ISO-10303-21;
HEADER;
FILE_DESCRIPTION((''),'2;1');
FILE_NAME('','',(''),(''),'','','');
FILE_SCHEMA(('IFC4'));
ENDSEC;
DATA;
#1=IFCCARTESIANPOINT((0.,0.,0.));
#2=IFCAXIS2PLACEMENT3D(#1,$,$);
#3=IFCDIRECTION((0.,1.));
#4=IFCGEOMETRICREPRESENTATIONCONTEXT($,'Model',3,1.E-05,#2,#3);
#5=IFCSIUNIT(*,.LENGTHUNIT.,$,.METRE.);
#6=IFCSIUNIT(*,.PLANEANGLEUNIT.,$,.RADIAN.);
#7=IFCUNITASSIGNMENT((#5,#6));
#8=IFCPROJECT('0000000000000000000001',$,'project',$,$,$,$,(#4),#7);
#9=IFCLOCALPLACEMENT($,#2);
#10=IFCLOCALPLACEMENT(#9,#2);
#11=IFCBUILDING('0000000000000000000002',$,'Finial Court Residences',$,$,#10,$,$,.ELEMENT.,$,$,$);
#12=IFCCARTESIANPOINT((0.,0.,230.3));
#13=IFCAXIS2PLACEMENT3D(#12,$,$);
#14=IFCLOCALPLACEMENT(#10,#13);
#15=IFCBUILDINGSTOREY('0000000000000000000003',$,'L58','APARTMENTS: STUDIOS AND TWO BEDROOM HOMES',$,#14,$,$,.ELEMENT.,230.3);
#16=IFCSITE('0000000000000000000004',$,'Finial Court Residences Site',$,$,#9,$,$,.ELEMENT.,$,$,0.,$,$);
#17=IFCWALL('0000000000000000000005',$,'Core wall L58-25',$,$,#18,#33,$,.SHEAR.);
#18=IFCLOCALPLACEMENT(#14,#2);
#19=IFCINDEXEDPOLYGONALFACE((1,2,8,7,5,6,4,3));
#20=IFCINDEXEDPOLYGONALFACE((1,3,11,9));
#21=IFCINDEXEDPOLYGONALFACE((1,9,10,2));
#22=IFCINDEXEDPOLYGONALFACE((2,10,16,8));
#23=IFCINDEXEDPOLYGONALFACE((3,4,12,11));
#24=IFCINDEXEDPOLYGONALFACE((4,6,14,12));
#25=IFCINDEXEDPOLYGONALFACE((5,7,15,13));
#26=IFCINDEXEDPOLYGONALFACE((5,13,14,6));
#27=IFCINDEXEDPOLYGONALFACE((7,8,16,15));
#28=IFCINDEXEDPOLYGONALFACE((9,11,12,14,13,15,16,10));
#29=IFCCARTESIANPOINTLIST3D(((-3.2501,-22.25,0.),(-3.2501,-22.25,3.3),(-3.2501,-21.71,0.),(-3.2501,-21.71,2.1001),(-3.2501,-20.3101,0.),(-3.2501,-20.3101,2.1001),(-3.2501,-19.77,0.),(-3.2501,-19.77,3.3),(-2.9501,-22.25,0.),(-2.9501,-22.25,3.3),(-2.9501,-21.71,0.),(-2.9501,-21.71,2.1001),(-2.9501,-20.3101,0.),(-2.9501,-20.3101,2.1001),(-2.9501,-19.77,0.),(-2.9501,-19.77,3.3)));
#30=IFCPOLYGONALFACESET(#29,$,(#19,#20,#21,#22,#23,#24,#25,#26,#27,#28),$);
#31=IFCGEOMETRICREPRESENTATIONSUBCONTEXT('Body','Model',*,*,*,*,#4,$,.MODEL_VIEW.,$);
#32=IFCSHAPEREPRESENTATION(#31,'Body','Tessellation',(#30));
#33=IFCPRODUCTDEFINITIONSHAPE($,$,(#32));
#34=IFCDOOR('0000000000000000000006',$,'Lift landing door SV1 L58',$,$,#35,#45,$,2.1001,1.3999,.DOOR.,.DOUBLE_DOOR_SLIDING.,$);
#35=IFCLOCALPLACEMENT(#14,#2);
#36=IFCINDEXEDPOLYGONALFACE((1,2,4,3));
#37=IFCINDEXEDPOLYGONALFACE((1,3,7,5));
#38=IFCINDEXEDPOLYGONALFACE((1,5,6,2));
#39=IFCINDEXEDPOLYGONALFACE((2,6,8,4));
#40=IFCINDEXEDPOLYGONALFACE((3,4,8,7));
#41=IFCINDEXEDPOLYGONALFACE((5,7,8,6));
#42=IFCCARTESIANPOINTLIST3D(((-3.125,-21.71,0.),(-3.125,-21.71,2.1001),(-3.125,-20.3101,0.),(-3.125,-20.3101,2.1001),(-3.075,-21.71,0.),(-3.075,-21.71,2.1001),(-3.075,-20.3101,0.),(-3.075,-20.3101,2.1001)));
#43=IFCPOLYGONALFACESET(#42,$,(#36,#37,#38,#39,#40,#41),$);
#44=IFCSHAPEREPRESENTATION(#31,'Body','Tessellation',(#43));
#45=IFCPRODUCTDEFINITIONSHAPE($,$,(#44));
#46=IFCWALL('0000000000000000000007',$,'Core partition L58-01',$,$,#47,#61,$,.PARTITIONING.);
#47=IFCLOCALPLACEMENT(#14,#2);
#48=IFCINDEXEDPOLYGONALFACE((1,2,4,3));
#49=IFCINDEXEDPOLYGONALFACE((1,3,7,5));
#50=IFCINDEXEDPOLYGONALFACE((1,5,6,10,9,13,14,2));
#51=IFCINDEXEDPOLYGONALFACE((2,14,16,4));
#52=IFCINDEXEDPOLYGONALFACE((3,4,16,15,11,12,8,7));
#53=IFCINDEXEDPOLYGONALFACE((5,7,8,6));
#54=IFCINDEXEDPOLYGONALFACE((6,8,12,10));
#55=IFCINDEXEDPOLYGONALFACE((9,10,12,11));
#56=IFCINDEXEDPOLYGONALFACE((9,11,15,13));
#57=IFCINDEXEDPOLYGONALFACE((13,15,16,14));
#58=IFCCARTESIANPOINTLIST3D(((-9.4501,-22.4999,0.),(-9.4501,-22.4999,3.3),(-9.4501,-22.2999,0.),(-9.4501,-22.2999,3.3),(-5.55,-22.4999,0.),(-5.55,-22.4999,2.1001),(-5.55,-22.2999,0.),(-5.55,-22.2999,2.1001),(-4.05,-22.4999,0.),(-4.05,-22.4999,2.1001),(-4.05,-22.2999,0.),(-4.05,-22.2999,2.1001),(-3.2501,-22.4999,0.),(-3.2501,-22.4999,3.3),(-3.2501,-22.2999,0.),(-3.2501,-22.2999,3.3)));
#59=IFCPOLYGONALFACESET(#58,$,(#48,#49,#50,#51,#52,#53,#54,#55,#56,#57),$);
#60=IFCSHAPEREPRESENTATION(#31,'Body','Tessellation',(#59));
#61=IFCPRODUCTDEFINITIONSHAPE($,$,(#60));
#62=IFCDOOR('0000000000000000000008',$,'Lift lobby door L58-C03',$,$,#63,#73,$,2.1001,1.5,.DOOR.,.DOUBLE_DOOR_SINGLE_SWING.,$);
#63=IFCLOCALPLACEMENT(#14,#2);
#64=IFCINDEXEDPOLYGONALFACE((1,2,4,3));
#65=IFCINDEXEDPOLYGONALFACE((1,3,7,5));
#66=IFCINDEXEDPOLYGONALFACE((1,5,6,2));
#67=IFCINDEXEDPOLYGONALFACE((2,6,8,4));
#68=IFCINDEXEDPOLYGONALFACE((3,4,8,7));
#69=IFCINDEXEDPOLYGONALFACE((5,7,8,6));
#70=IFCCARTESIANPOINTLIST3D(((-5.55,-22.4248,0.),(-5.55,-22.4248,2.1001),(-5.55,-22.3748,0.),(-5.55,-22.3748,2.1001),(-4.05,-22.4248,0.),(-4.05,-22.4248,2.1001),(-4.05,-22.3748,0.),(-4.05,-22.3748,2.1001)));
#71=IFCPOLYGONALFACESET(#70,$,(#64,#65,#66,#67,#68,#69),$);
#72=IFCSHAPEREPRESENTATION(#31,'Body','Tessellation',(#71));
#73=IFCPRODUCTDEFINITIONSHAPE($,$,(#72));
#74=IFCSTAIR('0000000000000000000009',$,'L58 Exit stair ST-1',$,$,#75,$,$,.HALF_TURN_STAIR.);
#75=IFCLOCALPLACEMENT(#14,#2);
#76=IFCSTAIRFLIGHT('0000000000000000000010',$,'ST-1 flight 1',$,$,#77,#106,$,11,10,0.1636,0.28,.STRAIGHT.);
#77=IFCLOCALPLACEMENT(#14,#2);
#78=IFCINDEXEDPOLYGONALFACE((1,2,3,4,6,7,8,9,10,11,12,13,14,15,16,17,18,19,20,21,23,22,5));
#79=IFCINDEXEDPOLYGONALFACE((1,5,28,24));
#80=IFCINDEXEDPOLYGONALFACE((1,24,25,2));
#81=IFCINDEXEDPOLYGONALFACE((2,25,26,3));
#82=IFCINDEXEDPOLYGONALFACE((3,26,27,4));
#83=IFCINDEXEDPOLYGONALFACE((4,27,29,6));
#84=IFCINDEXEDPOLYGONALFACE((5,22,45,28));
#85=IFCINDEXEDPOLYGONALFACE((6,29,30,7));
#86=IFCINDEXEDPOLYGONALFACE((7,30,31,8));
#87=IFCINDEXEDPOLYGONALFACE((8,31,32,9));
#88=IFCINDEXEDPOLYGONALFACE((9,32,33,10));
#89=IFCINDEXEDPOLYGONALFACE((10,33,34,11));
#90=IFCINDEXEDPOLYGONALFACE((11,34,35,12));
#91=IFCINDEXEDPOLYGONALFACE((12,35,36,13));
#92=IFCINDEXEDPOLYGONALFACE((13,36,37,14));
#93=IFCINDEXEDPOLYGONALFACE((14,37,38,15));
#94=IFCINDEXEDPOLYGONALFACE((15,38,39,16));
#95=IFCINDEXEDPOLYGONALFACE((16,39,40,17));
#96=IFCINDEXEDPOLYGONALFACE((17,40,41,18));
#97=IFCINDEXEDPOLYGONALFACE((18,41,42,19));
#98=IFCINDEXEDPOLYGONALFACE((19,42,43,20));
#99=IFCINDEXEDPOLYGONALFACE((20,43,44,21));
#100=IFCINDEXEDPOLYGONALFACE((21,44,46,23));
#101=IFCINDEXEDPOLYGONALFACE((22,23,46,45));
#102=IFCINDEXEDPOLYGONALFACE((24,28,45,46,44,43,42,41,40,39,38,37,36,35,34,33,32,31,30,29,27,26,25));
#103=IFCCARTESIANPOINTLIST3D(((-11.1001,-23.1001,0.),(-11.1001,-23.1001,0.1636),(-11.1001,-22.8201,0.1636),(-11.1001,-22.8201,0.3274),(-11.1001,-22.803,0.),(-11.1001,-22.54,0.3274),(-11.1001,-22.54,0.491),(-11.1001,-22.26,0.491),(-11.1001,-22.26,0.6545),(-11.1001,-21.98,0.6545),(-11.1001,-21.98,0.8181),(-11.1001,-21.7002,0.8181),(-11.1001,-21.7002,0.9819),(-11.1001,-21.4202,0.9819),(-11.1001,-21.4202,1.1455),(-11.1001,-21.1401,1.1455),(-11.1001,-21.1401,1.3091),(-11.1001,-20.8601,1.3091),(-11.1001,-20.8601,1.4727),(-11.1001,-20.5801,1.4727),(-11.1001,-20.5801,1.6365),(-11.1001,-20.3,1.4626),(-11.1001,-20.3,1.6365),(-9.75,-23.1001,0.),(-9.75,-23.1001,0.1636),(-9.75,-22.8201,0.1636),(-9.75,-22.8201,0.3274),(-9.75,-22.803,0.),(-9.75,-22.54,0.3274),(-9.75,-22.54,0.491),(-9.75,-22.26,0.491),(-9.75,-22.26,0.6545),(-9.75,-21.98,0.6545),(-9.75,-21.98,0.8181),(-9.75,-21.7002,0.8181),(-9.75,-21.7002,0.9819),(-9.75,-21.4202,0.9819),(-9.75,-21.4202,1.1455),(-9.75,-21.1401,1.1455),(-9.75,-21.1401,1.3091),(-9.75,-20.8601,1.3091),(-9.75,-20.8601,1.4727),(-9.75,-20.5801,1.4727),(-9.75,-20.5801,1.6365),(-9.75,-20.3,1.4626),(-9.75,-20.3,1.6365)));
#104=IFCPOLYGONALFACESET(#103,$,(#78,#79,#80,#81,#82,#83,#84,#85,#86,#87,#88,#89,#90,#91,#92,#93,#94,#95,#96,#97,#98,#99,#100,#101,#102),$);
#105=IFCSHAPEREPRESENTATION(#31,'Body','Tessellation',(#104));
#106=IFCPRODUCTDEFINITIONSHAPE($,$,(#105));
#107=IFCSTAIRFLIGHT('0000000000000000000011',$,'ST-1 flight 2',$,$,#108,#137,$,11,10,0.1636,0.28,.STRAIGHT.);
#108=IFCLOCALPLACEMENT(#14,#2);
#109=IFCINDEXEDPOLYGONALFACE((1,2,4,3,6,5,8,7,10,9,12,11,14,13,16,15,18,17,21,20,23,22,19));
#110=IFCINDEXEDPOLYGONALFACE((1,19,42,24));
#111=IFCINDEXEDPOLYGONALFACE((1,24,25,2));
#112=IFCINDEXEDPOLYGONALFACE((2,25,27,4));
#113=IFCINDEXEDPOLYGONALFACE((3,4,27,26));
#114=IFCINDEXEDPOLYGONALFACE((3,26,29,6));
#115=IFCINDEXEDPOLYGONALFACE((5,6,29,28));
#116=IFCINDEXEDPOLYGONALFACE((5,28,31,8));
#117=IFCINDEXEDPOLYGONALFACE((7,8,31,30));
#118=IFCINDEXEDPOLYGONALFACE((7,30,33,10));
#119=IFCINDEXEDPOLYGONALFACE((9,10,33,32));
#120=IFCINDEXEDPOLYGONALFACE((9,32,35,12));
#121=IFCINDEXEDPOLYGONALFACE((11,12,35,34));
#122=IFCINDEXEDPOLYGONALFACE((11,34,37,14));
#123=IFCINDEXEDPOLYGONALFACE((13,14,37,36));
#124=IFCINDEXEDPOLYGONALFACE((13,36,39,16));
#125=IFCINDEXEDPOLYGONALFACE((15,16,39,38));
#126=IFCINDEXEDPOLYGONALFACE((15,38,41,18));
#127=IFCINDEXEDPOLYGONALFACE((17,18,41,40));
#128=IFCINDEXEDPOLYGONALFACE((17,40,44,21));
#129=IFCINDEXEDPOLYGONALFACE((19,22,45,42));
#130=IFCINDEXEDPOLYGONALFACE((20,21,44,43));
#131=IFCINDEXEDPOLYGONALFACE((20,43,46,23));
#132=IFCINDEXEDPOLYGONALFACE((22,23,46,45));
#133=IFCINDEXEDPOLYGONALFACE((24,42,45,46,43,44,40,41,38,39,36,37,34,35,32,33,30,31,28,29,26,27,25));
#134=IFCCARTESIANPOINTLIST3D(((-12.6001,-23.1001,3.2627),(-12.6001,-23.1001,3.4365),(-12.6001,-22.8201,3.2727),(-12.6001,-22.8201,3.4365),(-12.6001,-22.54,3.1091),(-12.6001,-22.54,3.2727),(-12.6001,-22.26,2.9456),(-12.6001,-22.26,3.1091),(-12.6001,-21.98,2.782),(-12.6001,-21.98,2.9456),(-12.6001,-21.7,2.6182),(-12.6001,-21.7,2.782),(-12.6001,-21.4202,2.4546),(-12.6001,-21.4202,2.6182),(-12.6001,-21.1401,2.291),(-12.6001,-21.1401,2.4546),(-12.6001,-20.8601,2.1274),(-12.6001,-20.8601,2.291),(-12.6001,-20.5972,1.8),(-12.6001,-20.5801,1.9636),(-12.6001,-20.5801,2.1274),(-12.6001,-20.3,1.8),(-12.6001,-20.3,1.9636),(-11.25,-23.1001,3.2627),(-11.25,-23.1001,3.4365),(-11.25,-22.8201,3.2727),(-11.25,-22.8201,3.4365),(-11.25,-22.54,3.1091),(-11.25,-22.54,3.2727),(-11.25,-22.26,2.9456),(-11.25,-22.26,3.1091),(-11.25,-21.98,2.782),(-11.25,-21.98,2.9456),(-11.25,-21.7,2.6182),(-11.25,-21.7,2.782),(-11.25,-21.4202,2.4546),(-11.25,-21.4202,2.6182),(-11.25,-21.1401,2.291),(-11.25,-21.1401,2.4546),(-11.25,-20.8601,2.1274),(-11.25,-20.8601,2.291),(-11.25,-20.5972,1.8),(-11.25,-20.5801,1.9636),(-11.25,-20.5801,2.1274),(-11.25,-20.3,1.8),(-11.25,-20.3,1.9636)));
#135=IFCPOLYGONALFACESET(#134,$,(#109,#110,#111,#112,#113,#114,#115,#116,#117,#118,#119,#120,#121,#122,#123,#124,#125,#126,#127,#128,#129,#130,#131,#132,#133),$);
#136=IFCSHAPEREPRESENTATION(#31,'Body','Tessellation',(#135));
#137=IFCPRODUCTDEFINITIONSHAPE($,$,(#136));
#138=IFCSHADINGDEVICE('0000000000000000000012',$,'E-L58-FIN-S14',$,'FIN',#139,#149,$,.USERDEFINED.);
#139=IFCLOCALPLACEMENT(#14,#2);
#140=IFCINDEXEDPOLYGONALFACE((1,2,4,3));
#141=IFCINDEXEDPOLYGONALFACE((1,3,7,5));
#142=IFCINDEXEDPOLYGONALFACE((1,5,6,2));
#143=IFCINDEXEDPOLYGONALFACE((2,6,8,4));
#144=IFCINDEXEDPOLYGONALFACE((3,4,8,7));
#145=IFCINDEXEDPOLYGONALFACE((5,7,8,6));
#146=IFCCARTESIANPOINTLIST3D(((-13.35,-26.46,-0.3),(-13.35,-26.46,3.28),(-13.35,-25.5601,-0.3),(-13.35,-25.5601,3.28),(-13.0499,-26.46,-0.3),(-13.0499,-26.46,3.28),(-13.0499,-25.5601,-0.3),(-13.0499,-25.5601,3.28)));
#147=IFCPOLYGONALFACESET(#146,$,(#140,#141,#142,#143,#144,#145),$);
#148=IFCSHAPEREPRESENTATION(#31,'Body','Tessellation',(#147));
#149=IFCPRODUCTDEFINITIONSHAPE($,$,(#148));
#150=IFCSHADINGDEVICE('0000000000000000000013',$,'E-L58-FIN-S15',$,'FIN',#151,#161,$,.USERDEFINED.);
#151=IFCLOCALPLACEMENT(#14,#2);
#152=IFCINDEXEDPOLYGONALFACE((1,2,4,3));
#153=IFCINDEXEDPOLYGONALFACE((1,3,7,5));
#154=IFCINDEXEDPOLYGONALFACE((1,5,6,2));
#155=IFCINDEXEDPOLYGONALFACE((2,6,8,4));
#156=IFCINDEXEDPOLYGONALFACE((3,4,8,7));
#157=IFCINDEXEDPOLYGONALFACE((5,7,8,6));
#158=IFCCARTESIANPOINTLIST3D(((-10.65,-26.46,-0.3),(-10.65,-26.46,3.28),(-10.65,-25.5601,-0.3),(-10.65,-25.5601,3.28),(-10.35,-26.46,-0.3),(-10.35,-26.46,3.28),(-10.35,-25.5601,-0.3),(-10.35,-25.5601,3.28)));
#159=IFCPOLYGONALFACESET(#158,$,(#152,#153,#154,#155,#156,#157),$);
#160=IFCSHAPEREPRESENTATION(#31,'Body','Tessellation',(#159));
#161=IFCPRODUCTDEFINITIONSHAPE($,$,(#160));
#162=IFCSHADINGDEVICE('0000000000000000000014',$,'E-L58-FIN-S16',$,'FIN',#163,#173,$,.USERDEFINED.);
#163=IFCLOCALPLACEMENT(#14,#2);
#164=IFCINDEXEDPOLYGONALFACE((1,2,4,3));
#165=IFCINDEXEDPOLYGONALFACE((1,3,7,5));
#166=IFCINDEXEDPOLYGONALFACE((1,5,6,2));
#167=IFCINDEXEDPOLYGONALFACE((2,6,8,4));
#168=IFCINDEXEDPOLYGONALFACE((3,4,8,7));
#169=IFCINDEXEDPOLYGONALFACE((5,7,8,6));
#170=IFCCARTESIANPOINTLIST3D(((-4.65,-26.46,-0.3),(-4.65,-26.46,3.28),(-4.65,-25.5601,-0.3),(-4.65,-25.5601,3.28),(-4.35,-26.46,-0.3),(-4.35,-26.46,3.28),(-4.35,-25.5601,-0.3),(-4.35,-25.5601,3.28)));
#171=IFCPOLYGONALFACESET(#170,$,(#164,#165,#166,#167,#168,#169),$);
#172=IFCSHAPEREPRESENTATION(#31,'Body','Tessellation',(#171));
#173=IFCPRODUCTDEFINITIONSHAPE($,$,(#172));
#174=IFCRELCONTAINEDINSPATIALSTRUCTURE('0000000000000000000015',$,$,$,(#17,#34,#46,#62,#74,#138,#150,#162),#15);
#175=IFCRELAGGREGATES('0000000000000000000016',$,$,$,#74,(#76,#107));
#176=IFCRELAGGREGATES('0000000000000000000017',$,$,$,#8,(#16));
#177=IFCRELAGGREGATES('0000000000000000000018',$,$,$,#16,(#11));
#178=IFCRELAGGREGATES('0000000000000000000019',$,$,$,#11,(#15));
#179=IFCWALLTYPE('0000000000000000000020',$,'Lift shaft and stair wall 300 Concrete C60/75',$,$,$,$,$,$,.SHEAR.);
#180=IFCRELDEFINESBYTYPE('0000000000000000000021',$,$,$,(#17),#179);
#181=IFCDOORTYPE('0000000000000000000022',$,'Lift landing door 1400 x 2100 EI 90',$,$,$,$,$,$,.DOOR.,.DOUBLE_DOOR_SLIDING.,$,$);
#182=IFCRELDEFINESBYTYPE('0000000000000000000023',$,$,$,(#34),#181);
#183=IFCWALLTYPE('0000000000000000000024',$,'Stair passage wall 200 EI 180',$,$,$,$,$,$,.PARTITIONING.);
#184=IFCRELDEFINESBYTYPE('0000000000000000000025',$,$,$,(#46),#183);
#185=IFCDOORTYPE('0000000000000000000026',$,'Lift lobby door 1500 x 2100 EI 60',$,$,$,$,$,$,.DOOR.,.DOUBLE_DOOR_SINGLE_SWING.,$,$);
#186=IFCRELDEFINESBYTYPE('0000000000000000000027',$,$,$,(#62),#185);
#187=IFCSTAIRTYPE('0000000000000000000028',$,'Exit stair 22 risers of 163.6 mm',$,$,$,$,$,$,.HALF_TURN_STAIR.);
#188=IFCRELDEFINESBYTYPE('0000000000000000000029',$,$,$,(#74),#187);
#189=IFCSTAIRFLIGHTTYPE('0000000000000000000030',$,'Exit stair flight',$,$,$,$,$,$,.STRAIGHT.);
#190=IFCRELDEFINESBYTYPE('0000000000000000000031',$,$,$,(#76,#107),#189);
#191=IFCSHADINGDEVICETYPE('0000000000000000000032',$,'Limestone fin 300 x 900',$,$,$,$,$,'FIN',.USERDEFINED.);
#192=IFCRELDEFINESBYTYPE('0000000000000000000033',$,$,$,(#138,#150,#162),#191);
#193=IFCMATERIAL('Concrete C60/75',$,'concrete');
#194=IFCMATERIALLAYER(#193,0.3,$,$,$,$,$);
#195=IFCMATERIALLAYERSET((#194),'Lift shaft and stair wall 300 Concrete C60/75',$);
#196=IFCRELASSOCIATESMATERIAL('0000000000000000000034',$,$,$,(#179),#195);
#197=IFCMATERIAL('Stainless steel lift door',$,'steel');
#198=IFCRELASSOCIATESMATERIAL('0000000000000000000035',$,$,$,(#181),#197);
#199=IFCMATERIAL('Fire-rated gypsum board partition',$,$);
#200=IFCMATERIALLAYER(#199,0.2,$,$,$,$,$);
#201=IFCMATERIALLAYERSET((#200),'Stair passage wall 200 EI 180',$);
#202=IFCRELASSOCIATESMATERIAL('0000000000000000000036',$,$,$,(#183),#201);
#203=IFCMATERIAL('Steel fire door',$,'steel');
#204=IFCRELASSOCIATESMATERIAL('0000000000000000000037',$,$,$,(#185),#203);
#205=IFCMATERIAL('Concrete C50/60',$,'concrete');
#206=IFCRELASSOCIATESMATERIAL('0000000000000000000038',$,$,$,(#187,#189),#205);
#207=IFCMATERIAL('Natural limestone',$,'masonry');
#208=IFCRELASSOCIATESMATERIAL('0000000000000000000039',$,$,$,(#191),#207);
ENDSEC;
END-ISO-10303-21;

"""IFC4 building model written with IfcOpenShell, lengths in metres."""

from ifc_helpers import new_model, si_unit, direction, frame, frame_2d, origin, origin_2d, place, context, subcontext, project, spatial, polyline, rectangle, outline, extrude, material, layer, layer_set, type_object, element, fill, aggregate, save


model = new_model("IFC4")

# Units and contexts
model_context = context("Model", 3, precision=1e-05, world=origin(), true_north=direction((0.0, 1.0)))
body_context = subcontext(model_context, "Body", "Model", "MODEL_VIEW")
ifc_project = project(units=[si_unit("LENGTHUNIT", "METRE"), si_unit("PLANEANGLEUNIT", "RADIAN")], contexts=[model_context])

# Site, building, storey
site_placement = place(None, origin())
site = spatial("IfcSite", under=ifc_project, at=site_placement, Name="Finial Court Residences Site", CompositionType="ELEMENT", RefElevation=0.0)
building_placement = place(site_placement, origin())
building = spatial("IfcBuilding", under=site, at=building_placement, Name="Finial Court Residences", CompositionType="ELEMENT")
storey_placement = place(building_placement, frame((0.0, 0.0, 230.3)))
storey = spatial("IfcBuildingStorey", under=building, at=storey_placement, Name="L58", Description="APARTMENTS: STUDIOS AND TWO BEDROOM HOMES", CompositionType="ELEMENT", Elevation=230.3)

# Shared definitions
ifc_material_1 = material(Name="Concrete C60/75", Category="concrete")

# Shared definitions
ifc_material_2 = material(Name="Fire-rated gypsum board partition")
ifc_material_3 = material(Name="Steel fire door", Category="steel")

# Shared definitions
ifc_layer_1 = layer(ifc_material_1, 0.3)
ifc_layer_set_1 = layer_set([ifc_layer_1], Name="Lift shaft and stair wall 300 Concrete C60/75")
wall_type_1 = type_object("IfcWallType", Name="Lift shaft and stair wall 300 Concrete C60/75", PredefinedType="SHEAR", material=ifc_layer_set_1)

# Walls, openings, doors
wall_1_placement = place(storey_placement, frame((-3.1001, -22.25, 0.0), z_axis=(0.0, 0.0, 1.0), x_axis=(0.0, 1.0, 0.0)))
wall_1 = element("IfcWall", 1, at=wall_1_placement, inside=storey, type_object=wall_type_1, Name="Core wall L58-25", PredefinedType="SHEAR", context=body_context, shape_type="SweptSolid", body=[
    extrude(rectangle(XDim=2.48, YDim=0.3, at=frame_2d((1.24, 0.0))), origin(), (0.0, 0.0, 1.0), 3.3),
])
opening_1_placement = place(wall_1_placement, frame((0.54, 0.0, 0.0)))
opening_1 = element("IfcOpeningElement", 2, at=opening_1_placement, cuts=wall_1, PredefinedType="OPENING", context=body_context, shape_type="SweptSolid", body=[
    extrude(rectangle(XDim=1.3999, YDim=2.1001, at=frame_2d((0.7, 1.05))), frame((0.0, 0.1599, 0.0), z_axis=(0.0, -1.0, 0.0), x_axis=(1.0, 0.0, 0.0)), (0.0, 0.0, 1.0), 0.3201),
])
ifc_material_4 = material(Name="Stainless steel lift door", Category="steel")
door_type_1 = type_object("IfcDoorType", Name="Lift landing door 1400 x 2100 EI 90", OperationType="DOUBLE_DOOR_SLIDING", PredefinedType="DOOR", material=ifc_material_4)
door_1_placement = place(opening_1_placement, origin())
door_1 = element("IfcDoor", 3, at=door_1_placement, inside=storey, type_object=door_type_1, Name="Lift landing door SV1 L58", OperationType="DOUBLE_DOOR_SLIDING", OverallHeight=2.1001, OverallWidth=1.3999, PredefinedType="DOOR", context=body_context, shape_type="SweptSolid", body=[
    extrude(rectangle(XDim=1.3999, YDim=2.1001, at=frame_2d((0.7, 1.05))), frame((0.0, 0.0249, 0.0), z_axis=(0.0, -1.0, 0.0), x_axis=(1.0, 0.0, 0.0)), (0.0, 0.0, 1.0), 0.05),
])
fill(opening_1, door_1)
ifc_layer_2 = layer(ifc_material_2, 0.2)
ifc_layer_set_2 = layer_set([ifc_layer_2], Name="Stair passage wall 200 EI 180")
wall_type_2 = type_object("IfcWallType", Name="Stair passage wall 200 EI 180", PredefinedType="PARTITIONING", material=ifc_layer_set_2)
wall_2_placement = place(storey_placement, frame((-3.25, -22.3999, 0.0), z_axis=(0.0, 0.0, 1.0), x_axis=(-1.0, 0.0, 0.0)))
wall_2 = element("IfcWall", 4, at=wall_2_placement, inside=storey, type_object=wall_type_2, Name="Core partition L58-01", PredefinedType="PARTITIONING", context=body_context, shape_type="SweptSolid", body=[
    extrude(rectangle(XDim=6.2, YDim=0.2, at=frame_2d((3.1001, 0.0))), origin(), (0.0, 0.0, 1.0), 3.3),
])
opening_2_placement = place(wall_2_placement, frame((0.8, 0.0, 0.0)))
opening_2 = element("IfcOpeningElement", 5, at=opening_2_placement, cuts=wall_2, PredefinedType="OPENING", context=body_context, shape_type="SweptSolid", body=[
    extrude(rectangle(XDim=1.5, YDim=2.1001, at=frame_2d((0.75, 1.05))), frame((0.0, 0.1099, 0.0), z_axis=(0.0, -1.0, 0.0), x_axis=(1.0, 0.0, 0.0)), (0.0, 0.0, 1.0), 0.22),
])
door_type_2 = type_object("IfcDoorType", Name="Lift lobby door 1500 x 2100 EI 60", OperationType="DOUBLE_DOOR_SINGLE_SWING", PredefinedType="DOOR", material=ifc_material_3)
door_2_placement = place(opening_2_placement, origin())
door_2 = element("IfcDoor", 6, at=door_2_placement, inside=storey, type_object=door_type_2, Name="Lift lobby door L58-C03", OperationType="DOUBLE_DOOR_SINGLE_SWING", OverallHeight=2.1001, OverallWidth=1.5, PredefinedType="DOOR", context=body_context, shape_type="SweptSolid", body=[
    extrude(rectangle(XDim=1.5, YDim=2.1001, at=frame_2d((0.75, 1.05))), frame((0.0, 0.0249, 0.0), z_axis=(0.0, -1.0, 0.0), x_axis=(1.0, 0.0, 0.0)), (0.0, 0.0, 1.0), 0.05),
])
fill(opening_2, door_2)

# Stair, stair flights
ifc_material_5 = material(Name="Concrete C50/60", Category="concrete")
stair_type = type_object("IfcStairType", Name="Exit stair 22 risers of 163.6 mm", PredefinedType="HALF_TURN_STAIR", material=ifc_material_5)
stair_placement = place(storey_placement, origin())
stair = element("IfcStair", 7, at=stair_placement, inside=storey, type_object=stair_type, Name="L58 Exit stair ST-1", PredefinedType="HALF_TURN_STAIR")
stair_flight_type = type_object("IfcStairFlightType", Name="Exit stair flight", PredefinedType="STRAIGHT", material=ifc_material_5)
stair_flight_1_placement = place(storey_placement, frame((-10.425, -23.1001, 0.0), z_axis=(0.0, 0.0, 1.0), x_axis=(0.0, 1.0, 0.0)))
stair_flight_1 = element("IfcStairFlight", 8, at=stair_flight_1_placement, type_object=stair_flight_type, Name="ST-1 flight 1", NumberOfRisers=11, NumberOfTreads=10, PredefinedType="STRAIGHT", RiserHeight=0.1636, TreadLength=0.28, context=body_context, shape_type="SweptSolid", body=[
    extrude(outline(polyline([(0.0, 0.0), (0.0, 0.1636), (0.28, 0.1636), (0.28, 0.3274), (0.5601, 0.3274), (0.5601, 0.491), (0.8401, 0.491), (0.8401, 0.6545), (1.1201, 0.6545), (1.1201, 0.8181), (1.3999, 0.8181), (1.3999, 0.9819), (1.6799, 0.9819), (1.6799, 1.1455), (1.96, 1.1455), (1.96, 1.3091), (2.24, 1.3091), (2.24, 1.4727), (2.52, 1.4727), (2.52, 1.6365), (2.8, 1.6365), (2.8, 1.8), (2.8, 1.4626), (0.2971, 0.0), (0.0, 0.0)])), frame((0.0, 0.675, 0.0), z_axis=(0.0, -1.0, 0.0), x_axis=(1.0, 0.0, 0.0)), (0.0, 0.0, 1.0), 1.3501),
])
stair_flight_2_placement = place(storey_placement, frame((-11.925, -20.3, 1.8), z_axis=(0.0, 0.0, 1.0), x_axis=(0.0, -1.0, 0.0)))
stair_flight_2 = element("IfcStairFlight", 9, at=stair_flight_2_placement, type_object=stair_flight_type, Name="ST-1 flight 2", NumberOfRisers=11, NumberOfTreads=10, PredefinedType="STRAIGHT", RiserHeight=0.1636, TreadLength=0.28, context=body_context, shape_type="SweptSolid", body=[
    extrude(outline(polyline([(0.0, 0.0), (0.0, 0.1636), (0.28, 0.1636), (0.28, 0.3274), (0.5601, 0.3274), (0.5601, 0.491), (0.8401, 0.491), (0.8401, 0.6545), (1.1201, 0.6545), (1.1201, 0.8181), (1.3999, 0.8181), (1.3999, 0.9819), (1.6799, 0.9819), (1.6799, 1.1455), (1.96, 1.1455), (1.96, 1.3091), (2.24, 1.3091), (2.24, 1.4727), (2.52, 1.4727), (2.52, 1.6365), (2.8, 1.6365), (2.8, 1.8), (2.8, 1.4626), (0.2971, 0.0), (0.0, 0.0)])), frame((0.0, 0.675, 0.0), z_axis=(0.0, -1.0, 0.0), x_axis=(1.0, 0.0, 0.0)), (0.0, 0.0, 1.0), 1.3501),
])
aggregate(stair, [stair_flight_1, stair_flight_2])

# Shading devices
ifc_material_6 = material(Name="Natural limestone", Category="masonry")
shading_device_type = type_object("IfcShadingDeviceType", Name="Limestone fin 300 x 900", ElementType="FIN", PredefinedType="USERDEFINED", material=ifc_material_6)
for number, where, z_axis, x_axis, name in (
    (10, (-13.2, -26.01, -0.3), (0.0, 0.0, 1.0), (1.0, 0.0, 0.0), "E-L58-FIN-S14"),
    (11, (-10.5, -26.01, -0.3), (0.0, 0.0, 1.0), (1.0, 0.0, 0.0), "E-L58-FIN-S15"),
    (12, (-4.5, -26.01, -0.3), (0.0, 0.0, 1.0), (1.0, 0.0, 0.0), "E-L58-FIN-S16"),
):
    element("IfcShadingDevice", number, at=place(storey_placement, frame(where, z_axis=z_axis, x_axis=x_axis)), inside=storey, type_object=shading_device_type, Name=name, ObjectType="FIN", PredefinedType="USERDEFINED", context=body_context, shape_type="SweptSolid", body=[
        extrude(rectangle(XDim=0.3, YDim=0.8999, at=origin_2d()), origin(), (0.0, 0.0, 1.0), 3.5801),
    ])

save(model, "model.ifc")
